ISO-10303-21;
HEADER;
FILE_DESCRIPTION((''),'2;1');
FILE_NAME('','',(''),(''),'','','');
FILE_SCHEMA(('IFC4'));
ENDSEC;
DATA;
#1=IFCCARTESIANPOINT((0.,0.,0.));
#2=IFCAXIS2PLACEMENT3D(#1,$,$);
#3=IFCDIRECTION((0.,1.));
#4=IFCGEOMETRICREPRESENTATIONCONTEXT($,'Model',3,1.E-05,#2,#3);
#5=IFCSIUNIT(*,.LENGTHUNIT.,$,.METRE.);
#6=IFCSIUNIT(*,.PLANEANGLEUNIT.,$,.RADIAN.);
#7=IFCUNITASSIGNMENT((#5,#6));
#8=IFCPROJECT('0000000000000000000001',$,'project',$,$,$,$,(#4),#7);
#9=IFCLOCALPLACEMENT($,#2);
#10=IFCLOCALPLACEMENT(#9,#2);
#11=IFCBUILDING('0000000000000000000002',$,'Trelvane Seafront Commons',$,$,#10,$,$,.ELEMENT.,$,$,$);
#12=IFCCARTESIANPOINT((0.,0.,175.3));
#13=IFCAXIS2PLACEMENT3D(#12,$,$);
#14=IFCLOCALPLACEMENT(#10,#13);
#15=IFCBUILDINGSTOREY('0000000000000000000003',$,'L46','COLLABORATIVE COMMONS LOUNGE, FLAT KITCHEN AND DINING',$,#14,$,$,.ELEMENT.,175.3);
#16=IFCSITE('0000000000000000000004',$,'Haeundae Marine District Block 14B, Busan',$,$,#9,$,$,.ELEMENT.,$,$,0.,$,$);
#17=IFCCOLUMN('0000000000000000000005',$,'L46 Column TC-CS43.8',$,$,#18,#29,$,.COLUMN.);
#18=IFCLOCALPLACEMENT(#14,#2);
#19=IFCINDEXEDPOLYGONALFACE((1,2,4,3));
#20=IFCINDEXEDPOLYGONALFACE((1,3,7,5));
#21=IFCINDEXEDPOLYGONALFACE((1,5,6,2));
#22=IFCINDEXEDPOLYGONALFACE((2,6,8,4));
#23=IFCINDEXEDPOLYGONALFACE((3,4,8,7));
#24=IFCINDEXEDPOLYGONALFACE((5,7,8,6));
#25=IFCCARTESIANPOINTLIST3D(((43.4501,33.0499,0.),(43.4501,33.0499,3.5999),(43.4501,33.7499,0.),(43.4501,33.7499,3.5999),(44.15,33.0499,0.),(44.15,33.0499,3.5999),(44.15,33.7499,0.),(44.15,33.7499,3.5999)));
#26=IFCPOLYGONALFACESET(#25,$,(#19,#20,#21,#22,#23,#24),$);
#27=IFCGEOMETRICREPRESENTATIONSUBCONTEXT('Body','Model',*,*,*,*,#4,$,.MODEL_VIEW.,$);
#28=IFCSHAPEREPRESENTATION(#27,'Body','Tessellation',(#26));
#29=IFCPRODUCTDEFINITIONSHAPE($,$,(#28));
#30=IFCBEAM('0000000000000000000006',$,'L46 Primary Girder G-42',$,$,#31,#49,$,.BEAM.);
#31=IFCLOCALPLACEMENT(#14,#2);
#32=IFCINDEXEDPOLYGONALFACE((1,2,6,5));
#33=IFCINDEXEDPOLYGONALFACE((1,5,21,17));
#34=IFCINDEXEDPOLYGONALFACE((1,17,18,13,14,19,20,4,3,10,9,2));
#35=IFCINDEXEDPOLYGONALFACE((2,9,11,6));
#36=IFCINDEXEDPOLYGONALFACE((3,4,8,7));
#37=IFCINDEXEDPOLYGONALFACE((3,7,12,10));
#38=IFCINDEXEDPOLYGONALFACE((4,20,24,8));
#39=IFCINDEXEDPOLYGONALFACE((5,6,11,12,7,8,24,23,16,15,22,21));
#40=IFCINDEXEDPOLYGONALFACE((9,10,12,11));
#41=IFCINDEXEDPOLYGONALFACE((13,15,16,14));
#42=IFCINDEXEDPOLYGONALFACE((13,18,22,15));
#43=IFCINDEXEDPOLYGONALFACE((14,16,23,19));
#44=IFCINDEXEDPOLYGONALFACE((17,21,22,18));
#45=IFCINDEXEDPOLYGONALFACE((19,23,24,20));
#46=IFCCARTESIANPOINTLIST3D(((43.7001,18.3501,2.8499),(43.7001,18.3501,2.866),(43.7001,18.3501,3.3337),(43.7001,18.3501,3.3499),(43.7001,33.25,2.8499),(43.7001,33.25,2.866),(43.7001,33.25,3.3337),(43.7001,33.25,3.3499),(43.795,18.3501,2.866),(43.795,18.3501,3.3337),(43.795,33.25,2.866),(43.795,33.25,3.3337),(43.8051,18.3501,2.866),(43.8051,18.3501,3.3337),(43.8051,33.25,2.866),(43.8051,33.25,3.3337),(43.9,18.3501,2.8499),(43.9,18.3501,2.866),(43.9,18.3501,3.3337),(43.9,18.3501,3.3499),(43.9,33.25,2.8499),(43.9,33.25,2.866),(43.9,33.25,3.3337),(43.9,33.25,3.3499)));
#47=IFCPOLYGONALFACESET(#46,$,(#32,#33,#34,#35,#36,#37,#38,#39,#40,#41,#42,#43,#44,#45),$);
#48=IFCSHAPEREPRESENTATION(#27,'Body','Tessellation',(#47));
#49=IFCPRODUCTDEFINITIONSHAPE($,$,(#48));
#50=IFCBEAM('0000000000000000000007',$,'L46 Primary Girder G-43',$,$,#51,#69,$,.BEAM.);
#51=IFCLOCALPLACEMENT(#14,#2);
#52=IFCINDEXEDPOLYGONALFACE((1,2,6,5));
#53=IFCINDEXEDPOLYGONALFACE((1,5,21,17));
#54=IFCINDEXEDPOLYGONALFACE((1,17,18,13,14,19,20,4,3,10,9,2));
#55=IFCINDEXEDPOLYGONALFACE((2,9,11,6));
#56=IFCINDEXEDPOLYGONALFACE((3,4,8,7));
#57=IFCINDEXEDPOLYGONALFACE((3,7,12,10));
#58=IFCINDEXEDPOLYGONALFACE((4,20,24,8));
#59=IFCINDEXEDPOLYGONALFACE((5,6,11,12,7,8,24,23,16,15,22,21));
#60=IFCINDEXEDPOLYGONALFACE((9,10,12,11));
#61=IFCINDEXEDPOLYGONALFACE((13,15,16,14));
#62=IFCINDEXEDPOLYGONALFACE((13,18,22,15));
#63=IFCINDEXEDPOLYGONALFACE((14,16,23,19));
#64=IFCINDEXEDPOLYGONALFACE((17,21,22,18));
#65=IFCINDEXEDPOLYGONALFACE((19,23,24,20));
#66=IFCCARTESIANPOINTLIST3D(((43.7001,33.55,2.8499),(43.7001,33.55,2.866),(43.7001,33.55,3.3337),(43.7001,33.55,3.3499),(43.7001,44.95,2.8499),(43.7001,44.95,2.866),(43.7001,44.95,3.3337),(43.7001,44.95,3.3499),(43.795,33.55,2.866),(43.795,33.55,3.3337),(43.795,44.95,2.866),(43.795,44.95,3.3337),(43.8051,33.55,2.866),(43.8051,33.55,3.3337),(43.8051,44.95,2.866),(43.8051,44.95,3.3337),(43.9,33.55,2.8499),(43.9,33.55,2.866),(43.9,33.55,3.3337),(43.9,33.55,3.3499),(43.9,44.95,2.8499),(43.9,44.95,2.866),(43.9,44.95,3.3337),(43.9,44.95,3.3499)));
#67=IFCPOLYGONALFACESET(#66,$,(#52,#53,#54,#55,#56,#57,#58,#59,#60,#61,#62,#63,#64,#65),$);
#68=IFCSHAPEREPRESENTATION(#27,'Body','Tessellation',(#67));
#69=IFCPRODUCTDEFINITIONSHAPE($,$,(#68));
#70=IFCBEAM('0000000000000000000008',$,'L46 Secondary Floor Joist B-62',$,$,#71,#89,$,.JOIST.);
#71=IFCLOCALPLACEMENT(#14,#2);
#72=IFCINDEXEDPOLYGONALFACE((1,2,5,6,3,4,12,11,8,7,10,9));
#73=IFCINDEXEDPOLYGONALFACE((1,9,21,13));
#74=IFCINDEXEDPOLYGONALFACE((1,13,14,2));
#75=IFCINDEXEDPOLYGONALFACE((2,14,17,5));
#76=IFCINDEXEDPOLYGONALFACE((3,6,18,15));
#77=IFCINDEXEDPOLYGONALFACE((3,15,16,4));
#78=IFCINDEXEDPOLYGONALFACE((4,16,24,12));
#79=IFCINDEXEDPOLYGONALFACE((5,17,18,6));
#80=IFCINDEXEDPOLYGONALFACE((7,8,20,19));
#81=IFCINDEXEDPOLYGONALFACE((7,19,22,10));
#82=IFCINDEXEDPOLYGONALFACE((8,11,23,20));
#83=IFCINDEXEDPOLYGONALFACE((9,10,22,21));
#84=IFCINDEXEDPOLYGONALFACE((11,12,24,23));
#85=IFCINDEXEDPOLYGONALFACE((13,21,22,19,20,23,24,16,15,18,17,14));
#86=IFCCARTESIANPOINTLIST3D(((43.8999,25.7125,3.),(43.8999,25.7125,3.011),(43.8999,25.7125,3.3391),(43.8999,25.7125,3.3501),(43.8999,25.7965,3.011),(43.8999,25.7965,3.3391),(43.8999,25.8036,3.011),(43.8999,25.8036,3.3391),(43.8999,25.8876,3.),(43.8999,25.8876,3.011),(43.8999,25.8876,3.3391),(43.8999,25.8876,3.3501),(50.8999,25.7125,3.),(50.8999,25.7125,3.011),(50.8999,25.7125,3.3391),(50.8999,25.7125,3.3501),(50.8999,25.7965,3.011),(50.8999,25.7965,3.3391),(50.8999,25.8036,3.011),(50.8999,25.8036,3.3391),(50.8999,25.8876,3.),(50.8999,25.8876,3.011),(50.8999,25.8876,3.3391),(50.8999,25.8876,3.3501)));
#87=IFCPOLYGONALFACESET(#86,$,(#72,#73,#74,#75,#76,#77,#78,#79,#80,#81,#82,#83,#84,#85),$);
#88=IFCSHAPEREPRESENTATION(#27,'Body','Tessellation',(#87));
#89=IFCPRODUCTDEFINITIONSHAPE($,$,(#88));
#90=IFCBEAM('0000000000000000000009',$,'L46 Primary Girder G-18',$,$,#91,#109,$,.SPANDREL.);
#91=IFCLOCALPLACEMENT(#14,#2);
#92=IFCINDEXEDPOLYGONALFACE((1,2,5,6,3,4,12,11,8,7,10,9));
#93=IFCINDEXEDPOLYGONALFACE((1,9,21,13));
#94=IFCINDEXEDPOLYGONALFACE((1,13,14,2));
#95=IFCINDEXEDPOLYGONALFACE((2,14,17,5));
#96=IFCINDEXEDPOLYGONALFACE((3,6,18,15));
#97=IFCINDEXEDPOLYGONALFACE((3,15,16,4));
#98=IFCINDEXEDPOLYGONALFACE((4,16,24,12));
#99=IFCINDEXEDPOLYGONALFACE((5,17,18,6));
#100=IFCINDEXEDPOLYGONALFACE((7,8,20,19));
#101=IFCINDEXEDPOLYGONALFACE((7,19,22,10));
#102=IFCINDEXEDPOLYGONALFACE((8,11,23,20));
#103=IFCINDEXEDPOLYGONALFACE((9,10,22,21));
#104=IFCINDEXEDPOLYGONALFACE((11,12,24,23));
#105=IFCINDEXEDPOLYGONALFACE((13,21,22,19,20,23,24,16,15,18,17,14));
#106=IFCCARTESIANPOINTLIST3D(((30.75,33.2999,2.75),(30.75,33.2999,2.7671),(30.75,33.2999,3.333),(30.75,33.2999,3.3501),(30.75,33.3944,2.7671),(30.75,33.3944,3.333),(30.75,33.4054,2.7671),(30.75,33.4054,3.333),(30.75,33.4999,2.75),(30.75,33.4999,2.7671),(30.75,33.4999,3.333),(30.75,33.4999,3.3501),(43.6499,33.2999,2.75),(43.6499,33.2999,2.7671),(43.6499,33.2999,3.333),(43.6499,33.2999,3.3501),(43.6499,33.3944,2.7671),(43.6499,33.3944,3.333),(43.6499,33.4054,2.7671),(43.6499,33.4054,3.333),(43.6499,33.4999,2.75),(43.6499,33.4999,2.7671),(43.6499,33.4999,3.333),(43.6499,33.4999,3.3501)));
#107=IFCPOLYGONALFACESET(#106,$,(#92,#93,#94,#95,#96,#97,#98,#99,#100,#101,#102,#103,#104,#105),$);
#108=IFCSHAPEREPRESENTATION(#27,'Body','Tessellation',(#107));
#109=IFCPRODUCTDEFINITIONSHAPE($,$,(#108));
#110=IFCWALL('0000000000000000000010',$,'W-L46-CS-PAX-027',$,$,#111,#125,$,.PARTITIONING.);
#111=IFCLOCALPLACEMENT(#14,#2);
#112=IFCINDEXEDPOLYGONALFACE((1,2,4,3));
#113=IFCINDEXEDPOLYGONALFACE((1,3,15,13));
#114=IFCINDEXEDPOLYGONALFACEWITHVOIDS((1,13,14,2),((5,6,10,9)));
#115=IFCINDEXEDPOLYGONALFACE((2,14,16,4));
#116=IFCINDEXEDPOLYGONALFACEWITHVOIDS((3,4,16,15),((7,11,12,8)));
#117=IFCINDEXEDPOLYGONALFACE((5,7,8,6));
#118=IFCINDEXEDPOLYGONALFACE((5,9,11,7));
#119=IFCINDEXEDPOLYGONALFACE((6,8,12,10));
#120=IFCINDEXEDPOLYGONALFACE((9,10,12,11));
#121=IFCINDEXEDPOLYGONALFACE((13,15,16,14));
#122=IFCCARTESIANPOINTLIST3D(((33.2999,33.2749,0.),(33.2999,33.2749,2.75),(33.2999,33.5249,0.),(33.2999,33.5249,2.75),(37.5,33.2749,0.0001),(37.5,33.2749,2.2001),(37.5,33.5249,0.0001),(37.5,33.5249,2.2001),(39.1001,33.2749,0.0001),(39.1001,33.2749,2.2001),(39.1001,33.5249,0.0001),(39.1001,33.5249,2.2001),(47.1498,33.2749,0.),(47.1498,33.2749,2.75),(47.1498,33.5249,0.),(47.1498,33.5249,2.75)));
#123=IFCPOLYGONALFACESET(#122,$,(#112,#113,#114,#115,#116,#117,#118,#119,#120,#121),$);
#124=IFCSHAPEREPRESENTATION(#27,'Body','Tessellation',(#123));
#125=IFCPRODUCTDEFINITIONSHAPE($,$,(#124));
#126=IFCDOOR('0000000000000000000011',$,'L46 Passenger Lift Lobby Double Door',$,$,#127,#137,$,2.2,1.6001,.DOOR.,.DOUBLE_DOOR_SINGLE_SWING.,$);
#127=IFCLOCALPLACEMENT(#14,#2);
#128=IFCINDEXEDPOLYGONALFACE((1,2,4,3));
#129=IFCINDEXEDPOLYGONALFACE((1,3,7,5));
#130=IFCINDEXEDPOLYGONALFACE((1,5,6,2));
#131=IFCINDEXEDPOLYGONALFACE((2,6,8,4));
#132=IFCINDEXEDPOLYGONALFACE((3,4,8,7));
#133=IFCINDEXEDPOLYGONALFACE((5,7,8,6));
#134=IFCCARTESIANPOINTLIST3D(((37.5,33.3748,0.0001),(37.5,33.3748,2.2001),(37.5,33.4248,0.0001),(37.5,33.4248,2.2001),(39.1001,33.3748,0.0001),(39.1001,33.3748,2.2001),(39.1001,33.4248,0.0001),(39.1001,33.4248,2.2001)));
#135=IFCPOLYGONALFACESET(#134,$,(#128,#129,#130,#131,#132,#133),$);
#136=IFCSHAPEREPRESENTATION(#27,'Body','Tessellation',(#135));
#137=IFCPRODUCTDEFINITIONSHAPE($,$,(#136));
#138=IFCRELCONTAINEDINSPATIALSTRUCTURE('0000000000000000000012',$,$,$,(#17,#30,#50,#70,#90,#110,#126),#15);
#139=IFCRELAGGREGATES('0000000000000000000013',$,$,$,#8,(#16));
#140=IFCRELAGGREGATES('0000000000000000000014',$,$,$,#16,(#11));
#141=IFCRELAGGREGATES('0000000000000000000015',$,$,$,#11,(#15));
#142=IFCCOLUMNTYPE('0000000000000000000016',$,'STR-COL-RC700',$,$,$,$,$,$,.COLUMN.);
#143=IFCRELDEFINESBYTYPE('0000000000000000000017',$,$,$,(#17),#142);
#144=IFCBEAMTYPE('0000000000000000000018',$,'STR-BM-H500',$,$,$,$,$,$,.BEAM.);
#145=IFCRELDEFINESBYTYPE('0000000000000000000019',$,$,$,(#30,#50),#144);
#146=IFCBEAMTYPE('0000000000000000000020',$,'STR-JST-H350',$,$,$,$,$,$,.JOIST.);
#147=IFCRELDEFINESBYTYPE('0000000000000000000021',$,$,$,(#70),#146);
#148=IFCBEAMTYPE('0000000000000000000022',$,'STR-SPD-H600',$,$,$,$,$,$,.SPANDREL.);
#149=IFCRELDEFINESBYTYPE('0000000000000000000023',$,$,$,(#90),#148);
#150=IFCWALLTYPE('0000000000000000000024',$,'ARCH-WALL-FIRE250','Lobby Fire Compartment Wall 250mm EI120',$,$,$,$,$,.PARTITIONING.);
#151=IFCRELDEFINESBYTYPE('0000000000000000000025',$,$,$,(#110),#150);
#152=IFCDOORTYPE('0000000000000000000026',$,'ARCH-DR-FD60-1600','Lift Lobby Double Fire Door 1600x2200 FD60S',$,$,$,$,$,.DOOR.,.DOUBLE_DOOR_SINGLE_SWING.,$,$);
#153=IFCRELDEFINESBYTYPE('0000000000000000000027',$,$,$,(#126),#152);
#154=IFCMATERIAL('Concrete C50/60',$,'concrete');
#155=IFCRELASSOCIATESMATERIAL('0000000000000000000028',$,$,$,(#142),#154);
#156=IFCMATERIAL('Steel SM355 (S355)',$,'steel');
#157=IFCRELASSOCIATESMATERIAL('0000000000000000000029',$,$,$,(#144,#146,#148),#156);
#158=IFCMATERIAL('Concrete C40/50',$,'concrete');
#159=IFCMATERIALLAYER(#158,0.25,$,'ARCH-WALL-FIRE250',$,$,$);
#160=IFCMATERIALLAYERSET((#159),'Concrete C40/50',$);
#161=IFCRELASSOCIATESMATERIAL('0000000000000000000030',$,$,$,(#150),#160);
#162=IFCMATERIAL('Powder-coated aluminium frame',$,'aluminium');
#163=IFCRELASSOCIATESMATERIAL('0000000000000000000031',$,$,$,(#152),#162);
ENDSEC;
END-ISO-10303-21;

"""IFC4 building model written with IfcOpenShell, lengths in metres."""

from ifc_helpers import new_model, si_unit, direction, frame, frame_2d, origin, origin_2d, place, context, subcontext, project, spatial, rectangle, i_section, extrude, source, transform, mapped, material, layer, layer_set, material_profile, profile_set, type_object, element, fill, save


model = new_model("IFC4")

# Units and contexts
model_context = context("Model", 3, precision=1e-05, world=origin(), true_north=direction((0.0, 1.0)))
body_context = subcontext(model_context, "Body", "Model", "MODEL_VIEW")
ifc_project = project(units=[si_unit("LENGTHUNIT", "METRE"), si_unit("PLANEANGLEUNIT", "RADIAN")], contexts=[model_context])

# Site, building, storey
site_placement = place(None, origin())
site = spatial("IfcSite", under=ifc_project, at=site_placement, Name="Haeundae Marine District Block 14B, Busan", CompositionType="ELEMENT", RefElevation=0.0)
building_placement = place(site_placement, origin())
building = spatial("IfcBuilding", under=site, at=building_placement, Name="Trelvane Seafront Commons", CompositionType="ELEMENT")
storey_placement = place(building_placement, frame((0.0, 0.0, 175.3)))
storey = spatial("IfcBuildingStorey", under=building, at=storey_placement, Name="L46", Description="COLLABORATIVE COMMONS LOUNGE, FLAT KITCHEN AND DINING", CompositionType="ELEMENT", Elevation=175.3)

# Column
ifc_material_1 = material(Name="Concrete C50/60", Category="concrete")
ifc_material_profile_1 = material_profile(ifc_material_1, rectangle(XDim=0.7, YDim=0.7, at=origin_2d()), Name="RC-700x700")
ifc_profile_set_1 = profile_set([ifc_material_profile_1], Name="Concrete C50/60")
column_type = type_object("IfcColumnType", Name="STR-COL-RC700", PredefinedType="COLUMN", material=ifc_profile_set_1)
shared_shape_1 = source(origin(), body_context, "Body", "SweptSolid", [
    extrude(rectangle(XDim=0.7, YDim=0.7, at=origin_2d()), origin(), (0.0, 0.0, 1.0), 3.5999),
])
column_placement = place(storey_placement, frame((43.8, 33.3999, 0.0), z_axis=(0.0, 0.0, 1.0), x_axis=(1.0, 0.0, 0.0)))
element("IfcColumn", 1, at=column_placement, inside=storey, type_object=column_type, Name="L46 Column TC-CS43.8", PredefinedType="COLUMN", context=body_context, shape_type="MappedRepresentation", body=[
    mapped(shared_shape_1, transform((0.0, 0.0, 0.0), x_axis=(1.0, 0.0, 0.0), y_axis=(0.0, 1.0, 0.0), z_axis=(0.0, 0.0, 1.0), scale=1.0)),
])

# Beams
ifc_material_2 = material(Name="Steel SM355 (S355)", Category="steel")
ifc_material_profile_2 = material_profile(ifc_material_2, i_section(OverallWidth=0.2, OverallDepth=0.5, WebThickness=0.01, FlangeThickness=0.0161, at=origin_2d()), Name="H-500x200x10x16")
ifc_profile_set_2 = profile_set([ifc_material_profile_2], Name="Steel SM355 (S355)")
beam_type_1 = type_object("IfcBeamType", Name="STR-BM-H500", PredefinedType="BEAM", material=ifc_profile_set_2)
shared_shape_2 = source(origin(), body_context, "Body", "SweptSolid", [
    extrude(i_section(OverallWidth=0.2, OverallDepth=0.5, WebThickness=0.01, FlangeThickness=0.0161, at=origin_2d()), origin(), (0.0, 0.0, 1.0), 14.8999),
])
beam_1_placement = place(storey_placement, frame((43.8, 18.3501, 3.0999), z_axis=(0.0, 1.0, 0.0), x_axis=(-1.0, 0.0, 0.0)))
element("IfcBeam", 2, at=beam_1_placement, inside=storey, type_object=beam_type_1, Name="L46 Primary Girder G-42", PredefinedType="BEAM", context=body_context, shape_type="MappedRepresentation", body=[
    mapped(shared_shape_2, transform((0.0, 0.0, 0.0), x_axis=(1.0, 0.0, 0.0), y_axis=(0.0, 1.0, 0.0), z_axis=(0.0, 0.0, 1.0), scale=1.0)),
])
shared_shape_3 = source(origin(), body_context, "Body", "SweptSolid", [
    extrude(i_section(OverallWidth=0.2, OverallDepth=0.5, WebThickness=0.01, FlangeThickness=0.0161, at=origin_2d()), origin(), (0.0, 0.0, 1.0), 11.3999),
])
beam_2_placement = place(storey_placement, frame((43.8, 33.55, 3.0999), z_axis=(0.0, 1.0, 0.0), x_axis=(-1.0, 0.0, 0.0)))
element("IfcBeam", 3, at=beam_2_placement, inside=storey, type_object=beam_type_1, Name="L46 Primary Girder G-43", PredefinedType="BEAM", context=body_context, shape_type="MappedRepresentation", body=[
    mapped(shared_shape_3, transform((0.0, 0.0, 0.0), x_axis=(1.0, 0.0, 0.0), y_axis=(0.0, 1.0, 0.0), z_axis=(0.0, 0.0, 1.0), scale=1.0)),
])
ifc_material_profile_3 = material_profile(ifc_material_2, i_section(OverallWidth=0.175, OverallDepth=0.3501, WebThickness=0.0071, FlangeThickness=0.011, at=origin_2d()), Name="H-350x175x7x11")
ifc_profile_set_3 = profile_set([ifc_material_profile_3], Name="Steel SM355 (S355)")
beam_type_2 = type_object("IfcBeamType", Name="STR-JST-H350", PredefinedType="JOIST", material=ifc_profile_set_3)
shared_shape_4 = source(origin(), body_context, "Body", "SweptSolid", [
    extrude(i_section(OverallWidth=0.175, OverallDepth=0.3501, WebThickness=0.0071, FlangeThickness=0.011, at=origin_2d()), origin(), (0.0, 0.0, 1.0), 7.0),
])
beam_3_placement = place(storey_placement, frame((43.8999, 25.8, 3.175), z_axis=(1.0, 0.0, 0.0), x_axis=(0.0, 1.0, 0.0)))
element("IfcBeam", 4, at=beam_3_placement, inside=storey, type_object=beam_type_2, Name="L46 Secondary Floor Joist B-62", PredefinedType="JOIST", context=body_context, shape_type="MappedRepresentation", body=[
    mapped(shared_shape_4, transform((0.0, 0.0, 0.0), x_axis=(1.0, 0.0, 0.0), y_axis=(0.0, 1.0, 0.0), z_axis=(0.0, 0.0, 1.0), scale=1.0)),
])
ifc_material_profile_4 = material_profile(ifc_material_2, i_section(OverallWidth=0.2, OverallDepth=0.6001, WebThickness=0.011, FlangeThickness=0.0171, at=origin_2d()), Name="H-600x200x11x17")
ifc_profile_set_4 = profile_set([ifc_material_profile_4], Name="Steel SM355 (S355)")
beam_type_3 = type_object("IfcBeamType", Name="STR-SPD-H600", PredefinedType="SPANDREL", material=ifc_profile_set_4)
shared_shape_5 = source(origin(), body_context, "Body", "SweptSolid", [
    extrude(i_section(OverallWidth=0.2, OverallDepth=0.6001, WebThickness=0.011, FlangeThickness=0.0171, at=origin_2d()), origin(), (0.0, 0.0, 1.0), 12.8999),
])
beam_4_placement = place(storey_placement, frame((30.75, 33.3999, 3.05), z_axis=(1.0, 0.0, 0.0), x_axis=(0.0, 1.0, 0.0)))
element("IfcBeam", 5, at=beam_4_placement, inside=storey, type_object=beam_type_3, Name="L46 Primary Girder G-18", PredefinedType="SPANDREL", context=body_context, shape_type="MappedRepresentation", body=[
    mapped(shared_shape_5, transform((0.0, 0.0, 0.0), x_axis=(1.0, 0.0, 0.0), y_axis=(0.0, 1.0, 0.0), z_axis=(0.0, 0.0, 1.0), scale=1.0)),
])

# Wall, opening, door
ifc_material_3 = material(Name="Concrete C40/50", Category="concrete")
ifc_layer_1 = layer(ifc_material_3, 0.25, Name="ARCH-WALL-FIRE250")
ifc_layer_set_1 = layer_set([ifc_layer_1], Name="Concrete C40/50")
wall_type_1 = type_object("IfcWallType", Name="ARCH-WALL-FIRE250", Description="Lobby Fire Compartment Wall 250mm EI120", PredefinedType="PARTITIONING", material=ifc_layer_set_1)
wall_1_placement = place(storey_placement, frame((33.3, 33.3999, 0.0), z_axis=(0.0, 0.0, 1.0), x_axis=(1.0, 0.0, 0.0)))
wall_1 = element("IfcWall", 6, at=wall_1_placement, inside=storey, type_object=wall_type_1, Name="W-L46-CS-PAX-027", PredefinedType="PARTITIONING", context=body_context, shape_type="SweptSolid", body=[
    extrude(rectangle(XDim=13.8499, YDim=0.25, at=frame_2d((6.9248, 0.0))), origin(), (0.0, 0.0, 1.0), 2.75),
])
opening_1_placement = place(wall_1_placement, frame((4.2, 0.0, 0.0)))
opening_1 = element("IfcOpeningElement", 7, at=opening_1_placement, cuts=wall_1, PredefinedType="OPENING", context=body_context, shape_type="SweptSolid", body=[
    extrude(rectangle(XDim=1.6001, YDim=2.2, at=frame_2d((0.8, 1.1001))), frame((0.0, 0.135, 0.0), z_axis=(0.0, -1.0, 0.0), x_axis=(1.0, 0.0, 0.0)), (0.0, 0.0, 1.0), 0.27),
])
ifc_material_4 = material(Name="Powder-coated aluminium frame", Category="aluminium")
door_type_1 = type_object("IfcDoorType", Name="ARCH-DR-FD60-1600", Description="Lift Lobby Double Fire Door 1600x2200 FD60S", OperationType="DOUBLE_DOOR_SINGLE_SWING", PredefinedType="DOOR", material=ifc_material_4)
shared_shape_6 = source(origin(), body_context, "Body", "SweptSolid", [
    extrude(rectangle(XDim=1.6001, YDim=2.2, at=frame_2d((0.8, 1.1001))), frame((0.0, 0.0249, 0.0), z_axis=(0.0, -1.0, 0.0), x_axis=(1.0, 0.0, 0.0)), (0.0, 0.0, 1.0), 0.05),
])
door_1_placement = place(opening_1_placement, origin())
door_1 = element("IfcDoor", 8, at=door_1_placement, inside=storey, type_object=door_type_1, Name="L46 Passenger Lift Lobby Double Door", OperationType="DOUBLE_DOOR_SINGLE_SWING", OverallHeight=2.2, OverallWidth=1.6001, PredefinedType="DOOR", context=body_context, shape_type="MappedRepresentation", body=[
    mapped(shared_shape_6, transform((0.0, 0.0, 0.0), x_axis=(1.0, 0.0, 0.0), y_axis=(0.0, 1.0, 0.0), z_axis=(0.0, 0.0, 1.0), scale=1.0)),
])
fill(opening_1, door_1)

save(model, "model.ifc")
